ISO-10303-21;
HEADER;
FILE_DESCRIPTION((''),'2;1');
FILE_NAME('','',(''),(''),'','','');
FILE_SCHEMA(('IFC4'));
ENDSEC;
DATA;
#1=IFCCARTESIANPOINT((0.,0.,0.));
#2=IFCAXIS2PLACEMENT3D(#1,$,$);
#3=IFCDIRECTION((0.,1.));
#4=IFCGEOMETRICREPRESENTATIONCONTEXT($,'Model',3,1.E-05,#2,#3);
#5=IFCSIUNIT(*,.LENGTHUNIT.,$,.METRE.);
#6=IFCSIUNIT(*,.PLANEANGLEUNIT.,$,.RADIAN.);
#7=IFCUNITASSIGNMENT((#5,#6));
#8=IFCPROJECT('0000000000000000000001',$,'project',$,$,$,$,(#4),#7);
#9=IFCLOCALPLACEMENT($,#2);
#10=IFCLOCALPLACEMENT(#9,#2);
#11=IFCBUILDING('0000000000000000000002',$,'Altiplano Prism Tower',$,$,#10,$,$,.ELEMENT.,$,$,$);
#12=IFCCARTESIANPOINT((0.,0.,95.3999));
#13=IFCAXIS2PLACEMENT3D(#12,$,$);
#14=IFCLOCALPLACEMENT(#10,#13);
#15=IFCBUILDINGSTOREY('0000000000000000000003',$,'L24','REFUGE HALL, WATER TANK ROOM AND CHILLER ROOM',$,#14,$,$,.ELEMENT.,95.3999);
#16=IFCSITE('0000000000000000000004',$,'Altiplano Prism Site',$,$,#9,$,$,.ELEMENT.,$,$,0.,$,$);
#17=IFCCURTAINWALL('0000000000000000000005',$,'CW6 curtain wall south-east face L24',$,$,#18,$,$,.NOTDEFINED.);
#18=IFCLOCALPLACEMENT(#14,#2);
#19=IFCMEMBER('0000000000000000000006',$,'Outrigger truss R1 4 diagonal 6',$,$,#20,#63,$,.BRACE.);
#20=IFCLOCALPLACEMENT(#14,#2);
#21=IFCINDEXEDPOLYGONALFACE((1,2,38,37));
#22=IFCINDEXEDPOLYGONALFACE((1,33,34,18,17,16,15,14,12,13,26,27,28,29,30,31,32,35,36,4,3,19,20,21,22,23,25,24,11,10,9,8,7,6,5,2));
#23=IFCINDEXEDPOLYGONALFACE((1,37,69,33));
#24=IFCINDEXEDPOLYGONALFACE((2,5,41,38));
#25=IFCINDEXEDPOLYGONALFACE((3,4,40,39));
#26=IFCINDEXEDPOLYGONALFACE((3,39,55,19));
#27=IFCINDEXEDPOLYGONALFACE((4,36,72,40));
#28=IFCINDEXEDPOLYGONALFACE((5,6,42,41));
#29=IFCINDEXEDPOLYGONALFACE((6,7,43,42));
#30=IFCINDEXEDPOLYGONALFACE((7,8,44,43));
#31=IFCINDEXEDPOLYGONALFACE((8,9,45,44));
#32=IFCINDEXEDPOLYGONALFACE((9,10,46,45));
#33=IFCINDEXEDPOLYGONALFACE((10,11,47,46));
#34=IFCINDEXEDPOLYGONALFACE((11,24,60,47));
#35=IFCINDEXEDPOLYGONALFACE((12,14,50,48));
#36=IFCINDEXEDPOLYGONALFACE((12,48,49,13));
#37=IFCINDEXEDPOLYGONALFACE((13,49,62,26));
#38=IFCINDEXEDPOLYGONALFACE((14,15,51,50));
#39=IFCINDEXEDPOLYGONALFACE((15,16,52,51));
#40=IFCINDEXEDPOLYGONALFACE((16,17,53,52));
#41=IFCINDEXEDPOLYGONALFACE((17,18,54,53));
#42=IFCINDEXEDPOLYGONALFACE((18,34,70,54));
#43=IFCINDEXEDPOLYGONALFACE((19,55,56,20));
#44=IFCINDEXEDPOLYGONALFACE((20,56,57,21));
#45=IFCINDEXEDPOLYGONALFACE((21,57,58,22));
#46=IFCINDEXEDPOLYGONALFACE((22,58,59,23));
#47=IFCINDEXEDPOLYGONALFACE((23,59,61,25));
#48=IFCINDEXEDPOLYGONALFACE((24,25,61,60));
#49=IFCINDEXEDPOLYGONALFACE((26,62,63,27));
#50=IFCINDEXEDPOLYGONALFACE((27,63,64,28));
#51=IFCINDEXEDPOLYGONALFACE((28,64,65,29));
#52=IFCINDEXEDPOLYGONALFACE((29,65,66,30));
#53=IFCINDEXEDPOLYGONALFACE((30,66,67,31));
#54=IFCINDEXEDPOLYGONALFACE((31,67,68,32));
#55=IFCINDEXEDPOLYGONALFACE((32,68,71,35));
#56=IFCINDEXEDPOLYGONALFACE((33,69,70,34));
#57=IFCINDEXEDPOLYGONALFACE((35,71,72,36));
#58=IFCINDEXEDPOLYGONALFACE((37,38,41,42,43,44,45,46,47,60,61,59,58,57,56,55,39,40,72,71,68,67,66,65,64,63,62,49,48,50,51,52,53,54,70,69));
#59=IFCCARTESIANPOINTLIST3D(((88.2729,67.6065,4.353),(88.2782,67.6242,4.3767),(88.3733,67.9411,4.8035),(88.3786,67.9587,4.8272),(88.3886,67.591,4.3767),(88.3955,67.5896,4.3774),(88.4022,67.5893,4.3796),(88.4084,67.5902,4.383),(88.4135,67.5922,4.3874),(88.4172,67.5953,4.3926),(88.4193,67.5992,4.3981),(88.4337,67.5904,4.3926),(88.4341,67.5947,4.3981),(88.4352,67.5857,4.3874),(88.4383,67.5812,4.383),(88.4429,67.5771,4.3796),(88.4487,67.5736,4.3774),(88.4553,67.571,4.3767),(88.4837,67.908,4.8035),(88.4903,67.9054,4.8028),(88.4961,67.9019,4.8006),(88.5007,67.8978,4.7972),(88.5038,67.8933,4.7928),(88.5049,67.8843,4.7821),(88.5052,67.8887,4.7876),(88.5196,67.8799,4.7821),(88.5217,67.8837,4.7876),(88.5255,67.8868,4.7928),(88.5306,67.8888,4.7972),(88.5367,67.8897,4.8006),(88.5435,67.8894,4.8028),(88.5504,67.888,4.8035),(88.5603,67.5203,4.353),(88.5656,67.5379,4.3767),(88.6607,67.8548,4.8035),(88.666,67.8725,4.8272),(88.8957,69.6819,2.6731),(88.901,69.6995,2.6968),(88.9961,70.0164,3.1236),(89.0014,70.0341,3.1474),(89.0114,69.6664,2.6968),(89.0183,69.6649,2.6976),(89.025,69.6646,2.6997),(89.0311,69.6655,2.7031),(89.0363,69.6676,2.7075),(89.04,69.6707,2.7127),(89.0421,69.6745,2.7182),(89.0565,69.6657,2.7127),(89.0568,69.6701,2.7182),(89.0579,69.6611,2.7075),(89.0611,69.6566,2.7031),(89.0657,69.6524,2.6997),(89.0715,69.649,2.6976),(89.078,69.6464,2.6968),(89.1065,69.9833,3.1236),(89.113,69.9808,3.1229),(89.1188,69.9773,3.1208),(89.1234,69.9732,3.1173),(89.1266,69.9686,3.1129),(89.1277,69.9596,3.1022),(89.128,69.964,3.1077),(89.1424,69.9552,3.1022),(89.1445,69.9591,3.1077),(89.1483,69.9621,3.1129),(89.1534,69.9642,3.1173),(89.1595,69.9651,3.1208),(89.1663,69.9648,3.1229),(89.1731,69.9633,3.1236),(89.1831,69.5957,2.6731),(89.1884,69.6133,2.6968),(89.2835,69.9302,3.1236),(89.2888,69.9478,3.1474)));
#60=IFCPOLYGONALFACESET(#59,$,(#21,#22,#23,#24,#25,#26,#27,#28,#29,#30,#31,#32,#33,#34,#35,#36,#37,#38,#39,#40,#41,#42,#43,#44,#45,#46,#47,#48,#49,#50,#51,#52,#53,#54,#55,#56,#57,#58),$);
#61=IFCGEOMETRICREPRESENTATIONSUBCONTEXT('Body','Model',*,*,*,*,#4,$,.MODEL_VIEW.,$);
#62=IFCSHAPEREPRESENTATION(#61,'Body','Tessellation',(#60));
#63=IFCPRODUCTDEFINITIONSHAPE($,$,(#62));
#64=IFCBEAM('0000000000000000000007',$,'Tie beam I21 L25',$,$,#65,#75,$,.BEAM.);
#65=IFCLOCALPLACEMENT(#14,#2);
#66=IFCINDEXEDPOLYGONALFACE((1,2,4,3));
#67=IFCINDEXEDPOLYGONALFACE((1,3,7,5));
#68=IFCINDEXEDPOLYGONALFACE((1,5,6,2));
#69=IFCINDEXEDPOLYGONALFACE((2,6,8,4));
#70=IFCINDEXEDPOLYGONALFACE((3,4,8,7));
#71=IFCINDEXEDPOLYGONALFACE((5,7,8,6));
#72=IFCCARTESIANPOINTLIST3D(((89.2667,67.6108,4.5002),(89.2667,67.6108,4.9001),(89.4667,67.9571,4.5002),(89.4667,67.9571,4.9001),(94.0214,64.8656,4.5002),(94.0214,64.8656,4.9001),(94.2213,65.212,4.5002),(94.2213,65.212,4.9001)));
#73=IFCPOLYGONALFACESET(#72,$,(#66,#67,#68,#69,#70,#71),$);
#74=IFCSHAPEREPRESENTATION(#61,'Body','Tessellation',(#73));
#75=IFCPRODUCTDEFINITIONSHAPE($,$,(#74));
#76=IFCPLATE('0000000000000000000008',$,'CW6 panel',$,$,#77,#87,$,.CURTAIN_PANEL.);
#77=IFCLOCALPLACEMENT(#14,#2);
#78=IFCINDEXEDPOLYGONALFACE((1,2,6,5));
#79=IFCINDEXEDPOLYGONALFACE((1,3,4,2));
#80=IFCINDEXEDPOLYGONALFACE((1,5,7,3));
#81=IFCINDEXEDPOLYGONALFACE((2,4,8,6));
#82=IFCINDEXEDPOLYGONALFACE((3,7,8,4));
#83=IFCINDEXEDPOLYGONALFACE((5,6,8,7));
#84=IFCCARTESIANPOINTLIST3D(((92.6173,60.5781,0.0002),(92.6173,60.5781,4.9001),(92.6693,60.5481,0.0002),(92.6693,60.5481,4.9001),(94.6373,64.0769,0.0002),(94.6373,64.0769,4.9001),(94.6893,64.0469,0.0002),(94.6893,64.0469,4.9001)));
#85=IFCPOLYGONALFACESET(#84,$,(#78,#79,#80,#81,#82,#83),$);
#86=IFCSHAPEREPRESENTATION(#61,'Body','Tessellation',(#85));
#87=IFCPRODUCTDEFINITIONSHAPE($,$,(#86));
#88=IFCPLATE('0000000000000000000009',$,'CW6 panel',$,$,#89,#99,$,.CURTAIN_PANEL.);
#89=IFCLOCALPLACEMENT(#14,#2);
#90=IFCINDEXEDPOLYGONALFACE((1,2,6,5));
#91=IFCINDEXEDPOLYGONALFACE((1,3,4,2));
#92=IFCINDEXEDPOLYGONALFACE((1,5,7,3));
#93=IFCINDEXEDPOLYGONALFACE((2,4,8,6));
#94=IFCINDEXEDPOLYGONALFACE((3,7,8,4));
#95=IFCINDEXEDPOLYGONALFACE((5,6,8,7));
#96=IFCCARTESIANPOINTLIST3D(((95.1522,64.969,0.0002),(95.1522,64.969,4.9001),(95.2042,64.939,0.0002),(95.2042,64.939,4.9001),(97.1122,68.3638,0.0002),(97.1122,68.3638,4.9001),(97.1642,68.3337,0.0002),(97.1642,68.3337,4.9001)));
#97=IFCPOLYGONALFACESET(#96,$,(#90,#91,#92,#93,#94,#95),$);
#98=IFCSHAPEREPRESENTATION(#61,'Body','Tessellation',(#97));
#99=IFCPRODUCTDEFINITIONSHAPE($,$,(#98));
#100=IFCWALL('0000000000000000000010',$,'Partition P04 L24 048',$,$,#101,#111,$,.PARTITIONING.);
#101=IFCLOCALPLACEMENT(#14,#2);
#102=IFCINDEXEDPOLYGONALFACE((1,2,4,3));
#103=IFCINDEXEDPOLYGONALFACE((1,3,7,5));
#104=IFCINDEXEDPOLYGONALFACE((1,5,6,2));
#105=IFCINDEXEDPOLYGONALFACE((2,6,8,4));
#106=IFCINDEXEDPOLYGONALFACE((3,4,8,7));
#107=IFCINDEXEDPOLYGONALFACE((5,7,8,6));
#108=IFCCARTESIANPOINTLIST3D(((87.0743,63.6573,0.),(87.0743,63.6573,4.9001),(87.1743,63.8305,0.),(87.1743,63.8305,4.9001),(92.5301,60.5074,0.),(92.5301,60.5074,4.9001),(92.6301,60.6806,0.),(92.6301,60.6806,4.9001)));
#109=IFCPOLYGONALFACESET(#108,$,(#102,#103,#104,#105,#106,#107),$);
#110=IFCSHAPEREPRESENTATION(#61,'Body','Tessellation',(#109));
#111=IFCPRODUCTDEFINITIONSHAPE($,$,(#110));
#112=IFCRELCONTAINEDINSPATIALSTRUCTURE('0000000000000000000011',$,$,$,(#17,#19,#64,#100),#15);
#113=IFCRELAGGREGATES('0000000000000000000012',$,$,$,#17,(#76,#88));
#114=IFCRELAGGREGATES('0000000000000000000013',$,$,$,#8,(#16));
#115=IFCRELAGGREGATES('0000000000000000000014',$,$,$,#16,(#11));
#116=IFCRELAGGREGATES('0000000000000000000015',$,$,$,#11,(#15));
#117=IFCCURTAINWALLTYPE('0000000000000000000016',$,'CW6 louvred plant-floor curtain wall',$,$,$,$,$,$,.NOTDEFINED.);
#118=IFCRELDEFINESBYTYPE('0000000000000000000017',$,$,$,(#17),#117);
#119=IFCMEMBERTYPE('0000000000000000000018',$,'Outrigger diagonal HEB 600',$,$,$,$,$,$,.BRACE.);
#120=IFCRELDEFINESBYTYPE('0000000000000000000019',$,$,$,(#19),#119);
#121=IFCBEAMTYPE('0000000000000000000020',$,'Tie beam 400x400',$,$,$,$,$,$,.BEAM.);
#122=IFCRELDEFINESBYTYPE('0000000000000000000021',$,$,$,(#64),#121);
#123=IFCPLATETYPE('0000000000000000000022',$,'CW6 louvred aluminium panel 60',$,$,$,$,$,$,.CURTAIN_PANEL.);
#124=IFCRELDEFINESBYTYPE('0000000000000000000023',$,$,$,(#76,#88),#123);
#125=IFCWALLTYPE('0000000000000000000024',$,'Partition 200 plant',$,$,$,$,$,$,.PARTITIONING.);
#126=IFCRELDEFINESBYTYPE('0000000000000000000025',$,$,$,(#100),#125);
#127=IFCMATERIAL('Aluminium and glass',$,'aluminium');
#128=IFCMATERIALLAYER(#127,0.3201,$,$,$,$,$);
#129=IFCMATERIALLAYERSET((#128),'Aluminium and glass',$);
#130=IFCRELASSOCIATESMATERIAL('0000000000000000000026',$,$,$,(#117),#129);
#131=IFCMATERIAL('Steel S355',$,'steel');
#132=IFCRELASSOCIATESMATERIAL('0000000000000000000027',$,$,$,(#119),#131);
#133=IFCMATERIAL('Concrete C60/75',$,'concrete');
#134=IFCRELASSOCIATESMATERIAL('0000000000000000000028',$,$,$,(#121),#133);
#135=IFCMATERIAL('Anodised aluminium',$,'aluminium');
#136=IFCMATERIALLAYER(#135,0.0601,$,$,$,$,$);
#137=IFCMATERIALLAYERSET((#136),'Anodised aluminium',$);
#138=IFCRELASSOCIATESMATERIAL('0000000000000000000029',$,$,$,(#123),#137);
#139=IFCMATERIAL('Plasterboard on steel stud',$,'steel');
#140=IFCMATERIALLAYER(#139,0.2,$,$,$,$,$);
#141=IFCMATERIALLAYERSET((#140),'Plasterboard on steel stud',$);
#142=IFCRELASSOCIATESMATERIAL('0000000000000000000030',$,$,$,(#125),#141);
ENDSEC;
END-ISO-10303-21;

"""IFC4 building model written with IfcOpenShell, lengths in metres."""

from ifc_helpers import new_model, si_unit, direction, frame, frame_2d, origin, origin_2d, place, context, subcontext, project, spatial, rectangle, i_section, extrude, material, layer, layer_set, material_profile, profile_set, type_object, element, aggregate, save


model = new_model("IFC4")

# Units and contexts
model_context = context("Model", 3, precision=1e-05, world=origin(), true_north=direction((0.0, 1.0)))
body_context = subcontext(model_context, "Body", "Model", "MODEL_VIEW")
ifc_project = project(units=[si_unit("LENGTHUNIT", "METRE"), si_unit("PLANEANGLEUNIT", "RADIAN")], contexts=[model_context])

# Site, building, storey
site_placement = place(None, origin())
site = spatial("IfcSite", under=ifc_project, at=site_placement, Name="Altiplano Prism Site", CompositionType="ELEMENT", RefElevation=0.0)
building_placement = place(site_placement, origin())
building = spatial("IfcBuilding", under=site, at=building_placement, Name="Altiplano Prism Tower", CompositionType="ELEMENT")
storey_placement = place(building_placement, frame((0.0, 0.0, 95.3999)))
storey = spatial("IfcBuildingStorey", under=building, at=storey_placement, Name="L24", Description="REFUGE HALL, WATER TANK ROOM AND CHILLER ROOM", CompositionType="ELEMENT", Elevation=95.3999)

# Shared definitions
ifc_material_1 = material(Name="Concrete C60/75", Category="concrete")

# Shared definitions
ifc_material_2 = material(Name="Steel S355", Category="steel")

# Curtain wall
ifc_material_3 = material(Name="Aluminium and glass", Category="aluminium")
ifc_layer_1 = layer(ifc_material_3, 0.3201)
ifc_layer_set_1 = layer_set([ifc_layer_1], Name="Aluminium and glass")
curtain_wall_type = type_object("IfcCurtainWallType", Name="CW6 louvred plant-floor curtain wall", PredefinedType="NOTDEFINED", material=ifc_layer_set_1)
curtain_wall_placement = place(storey_placement, origin())
curtain_wall = element("IfcCurtainWall", 1, at=curtain_wall_placement, inside=storey, type_object=curtain_wall_type, Name="CW6 curtain wall south-east face L24", PredefinedType="NOTDEFINED")

# Member
ifc_material_profile_1 = material_profile(ifc_material_2, i_section(OverallWidth=0.3, OverallDepth=0.6001, WebThickness=0.0154, FlangeThickness=0.03, FilletRadius=0.0271, at=origin_2d()), Name="Outrigger diagonal HEB 600")
ifc_profile_set_1 = profile_set([ifc_material_profile_1], Name="Steel S355")
member_type_1 = type_object("IfcMemberType", Name="Outrigger diagonal HEB 600", PredefinedType="BRACE", material=ifc_profile_set_1)
member_1_placement = place(storey_placement, frame((88.4695, 67.7395, 4.5901), z_axis=(0.227151, 0.756961, -0.61271), x_axis=(-0.957805, 0.28742, 0.0)))
element("IfcMember", 2, at=member_1_placement, inside=storey, type_object=member_type_1, Name="Outrigger truss R1 4 diagonal 6", PredefinedType="BRACE", context=body_context, shape_type="SweptSolid", body=[
    extrude(i_section(OverallWidth=0.3, OverallDepth=0.6001, WebThickness=0.0154, FlangeThickness=0.03, FilletRadius=0.0271, at=origin_2d()), origin(), (0.0, 0.0, 1.0), 2.7417),
])

# Beam
ifc_material_profile_2 = material_profile(ifc_material_1, rectangle(XDim=0.3999, YDim=0.3999, at=origin_2d()), Name="Tie beam 400x400")
ifc_profile_set_2 = profile_set([ifc_material_profile_2], Name="Concrete C60/75")
beam_type = type_object("IfcBeamType", Name="Tie beam 400x400", PredefinedType="BEAM", material=ifc_profile_set_2)
beam_placement = place(storey_placement, frame((89.3667, 67.7839, 4.7002), z_axis=(0.866023, -0.500003, 0.0), x_axis=(0.500003, 0.866023, 0.0)))
element("IfcBeam", 3, at=beam_placement, inside=storey, type_object=beam_type, Name="Tie beam I21 L25", PredefinedType="BEAM", context=body_context, shape_type="SweptSolid", body=[
    extrude(rectangle(XDim=0.3999, YDim=0.3999, at=origin_2d()), origin(), (0.0, 0.0, 1.0), 5.4902),
])

# Plates
ifc_material_4 = material(Name="Anodised aluminium", Category="aluminium")
ifc_layer_2 = layer(ifc_material_4, 0.0601)
ifc_layer_set_2 = layer_set([ifc_layer_2], Name="Anodised aluminium")
plate_type = type_object("IfcPlateType", Name="CW6 louvred aluminium panel 60", PredefinedType="CURTAIN_PANEL", material=ifc_layer_set_2)
plate_1_placement = place(storey_placement, frame((93.6533, 62.3125, 0.0002), z_axis=(0.0, 0.0, 1.0), x_axis=(0.5, 0.866025, 0.0)))
plate_1 = element("IfcPlate", 4, at=plate_1_placement, type_object=plate_type, Name="CW6 panel", PredefinedType="CURTAIN_PANEL", context=body_context, shape_type="SweptSolid", body=[
    extrude(rectangle(XDim=4.04, YDim=0.0601, at=origin_2d()), origin(), (0.0, 0.0, 1.0), 4.8999),
])
plate_2_placement = place(storey_placement, frame((96.1582, 66.6514, 0.0002), z_axis=(0.0, 0.0, 1.0), x_axis=(0.5, 0.866025, 0.0)))
plate_2 = element("IfcPlate", 5, at=plate_2_placement, type_object=plate_type, Name="CW6 panel", PredefinedType="CURTAIN_PANEL", context=body_context, shape_type="SweptSolid", body=[
    extrude(rectangle(XDim=3.9199, YDim=0.0601, at=origin_2d()), origin(), (0.0, 0.0, 1.0), 4.8999),
])
aggregate(curtain_wall, [plate_1, plate_2])

# Wall
ifc_material_5 = material(Name="Plasterboard on steel stud", Category="steel")
ifc_layer_3 = layer(ifc_material_5, 0.2)
ifc_layer_set_3 = layer_set([ifc_layer_3], Name="Plasterboard on steel stud")
wall_type = type_object("IfcWallType", Name="Partition 200 plant", PredefinedType="PARTITIONING", material=ifc_layer_set_3)
wall_placement = place(storey_placement, frame((92.5801, 60.594, 0.0), z_axis=(0.0, 0.0, 1.0), x_axis=(-0.866026, 0.499999, 0.0)))
element("IfcWall", 6, at=wall_placement, inside=storey, type_object=wall_type, Name="Partition P04 L24 048", PredefinedType="PARTITIONING", context=body_context, shape_type="SweptSolid", body=[
    extrude(rectangle(XDim=6.2998, YDim=0.2, at=frame_2d((3.1499, 0.0))), origin(), (0.0, 0.0, 1.0), 4.9001),
])

save(model, "model.ifc")
